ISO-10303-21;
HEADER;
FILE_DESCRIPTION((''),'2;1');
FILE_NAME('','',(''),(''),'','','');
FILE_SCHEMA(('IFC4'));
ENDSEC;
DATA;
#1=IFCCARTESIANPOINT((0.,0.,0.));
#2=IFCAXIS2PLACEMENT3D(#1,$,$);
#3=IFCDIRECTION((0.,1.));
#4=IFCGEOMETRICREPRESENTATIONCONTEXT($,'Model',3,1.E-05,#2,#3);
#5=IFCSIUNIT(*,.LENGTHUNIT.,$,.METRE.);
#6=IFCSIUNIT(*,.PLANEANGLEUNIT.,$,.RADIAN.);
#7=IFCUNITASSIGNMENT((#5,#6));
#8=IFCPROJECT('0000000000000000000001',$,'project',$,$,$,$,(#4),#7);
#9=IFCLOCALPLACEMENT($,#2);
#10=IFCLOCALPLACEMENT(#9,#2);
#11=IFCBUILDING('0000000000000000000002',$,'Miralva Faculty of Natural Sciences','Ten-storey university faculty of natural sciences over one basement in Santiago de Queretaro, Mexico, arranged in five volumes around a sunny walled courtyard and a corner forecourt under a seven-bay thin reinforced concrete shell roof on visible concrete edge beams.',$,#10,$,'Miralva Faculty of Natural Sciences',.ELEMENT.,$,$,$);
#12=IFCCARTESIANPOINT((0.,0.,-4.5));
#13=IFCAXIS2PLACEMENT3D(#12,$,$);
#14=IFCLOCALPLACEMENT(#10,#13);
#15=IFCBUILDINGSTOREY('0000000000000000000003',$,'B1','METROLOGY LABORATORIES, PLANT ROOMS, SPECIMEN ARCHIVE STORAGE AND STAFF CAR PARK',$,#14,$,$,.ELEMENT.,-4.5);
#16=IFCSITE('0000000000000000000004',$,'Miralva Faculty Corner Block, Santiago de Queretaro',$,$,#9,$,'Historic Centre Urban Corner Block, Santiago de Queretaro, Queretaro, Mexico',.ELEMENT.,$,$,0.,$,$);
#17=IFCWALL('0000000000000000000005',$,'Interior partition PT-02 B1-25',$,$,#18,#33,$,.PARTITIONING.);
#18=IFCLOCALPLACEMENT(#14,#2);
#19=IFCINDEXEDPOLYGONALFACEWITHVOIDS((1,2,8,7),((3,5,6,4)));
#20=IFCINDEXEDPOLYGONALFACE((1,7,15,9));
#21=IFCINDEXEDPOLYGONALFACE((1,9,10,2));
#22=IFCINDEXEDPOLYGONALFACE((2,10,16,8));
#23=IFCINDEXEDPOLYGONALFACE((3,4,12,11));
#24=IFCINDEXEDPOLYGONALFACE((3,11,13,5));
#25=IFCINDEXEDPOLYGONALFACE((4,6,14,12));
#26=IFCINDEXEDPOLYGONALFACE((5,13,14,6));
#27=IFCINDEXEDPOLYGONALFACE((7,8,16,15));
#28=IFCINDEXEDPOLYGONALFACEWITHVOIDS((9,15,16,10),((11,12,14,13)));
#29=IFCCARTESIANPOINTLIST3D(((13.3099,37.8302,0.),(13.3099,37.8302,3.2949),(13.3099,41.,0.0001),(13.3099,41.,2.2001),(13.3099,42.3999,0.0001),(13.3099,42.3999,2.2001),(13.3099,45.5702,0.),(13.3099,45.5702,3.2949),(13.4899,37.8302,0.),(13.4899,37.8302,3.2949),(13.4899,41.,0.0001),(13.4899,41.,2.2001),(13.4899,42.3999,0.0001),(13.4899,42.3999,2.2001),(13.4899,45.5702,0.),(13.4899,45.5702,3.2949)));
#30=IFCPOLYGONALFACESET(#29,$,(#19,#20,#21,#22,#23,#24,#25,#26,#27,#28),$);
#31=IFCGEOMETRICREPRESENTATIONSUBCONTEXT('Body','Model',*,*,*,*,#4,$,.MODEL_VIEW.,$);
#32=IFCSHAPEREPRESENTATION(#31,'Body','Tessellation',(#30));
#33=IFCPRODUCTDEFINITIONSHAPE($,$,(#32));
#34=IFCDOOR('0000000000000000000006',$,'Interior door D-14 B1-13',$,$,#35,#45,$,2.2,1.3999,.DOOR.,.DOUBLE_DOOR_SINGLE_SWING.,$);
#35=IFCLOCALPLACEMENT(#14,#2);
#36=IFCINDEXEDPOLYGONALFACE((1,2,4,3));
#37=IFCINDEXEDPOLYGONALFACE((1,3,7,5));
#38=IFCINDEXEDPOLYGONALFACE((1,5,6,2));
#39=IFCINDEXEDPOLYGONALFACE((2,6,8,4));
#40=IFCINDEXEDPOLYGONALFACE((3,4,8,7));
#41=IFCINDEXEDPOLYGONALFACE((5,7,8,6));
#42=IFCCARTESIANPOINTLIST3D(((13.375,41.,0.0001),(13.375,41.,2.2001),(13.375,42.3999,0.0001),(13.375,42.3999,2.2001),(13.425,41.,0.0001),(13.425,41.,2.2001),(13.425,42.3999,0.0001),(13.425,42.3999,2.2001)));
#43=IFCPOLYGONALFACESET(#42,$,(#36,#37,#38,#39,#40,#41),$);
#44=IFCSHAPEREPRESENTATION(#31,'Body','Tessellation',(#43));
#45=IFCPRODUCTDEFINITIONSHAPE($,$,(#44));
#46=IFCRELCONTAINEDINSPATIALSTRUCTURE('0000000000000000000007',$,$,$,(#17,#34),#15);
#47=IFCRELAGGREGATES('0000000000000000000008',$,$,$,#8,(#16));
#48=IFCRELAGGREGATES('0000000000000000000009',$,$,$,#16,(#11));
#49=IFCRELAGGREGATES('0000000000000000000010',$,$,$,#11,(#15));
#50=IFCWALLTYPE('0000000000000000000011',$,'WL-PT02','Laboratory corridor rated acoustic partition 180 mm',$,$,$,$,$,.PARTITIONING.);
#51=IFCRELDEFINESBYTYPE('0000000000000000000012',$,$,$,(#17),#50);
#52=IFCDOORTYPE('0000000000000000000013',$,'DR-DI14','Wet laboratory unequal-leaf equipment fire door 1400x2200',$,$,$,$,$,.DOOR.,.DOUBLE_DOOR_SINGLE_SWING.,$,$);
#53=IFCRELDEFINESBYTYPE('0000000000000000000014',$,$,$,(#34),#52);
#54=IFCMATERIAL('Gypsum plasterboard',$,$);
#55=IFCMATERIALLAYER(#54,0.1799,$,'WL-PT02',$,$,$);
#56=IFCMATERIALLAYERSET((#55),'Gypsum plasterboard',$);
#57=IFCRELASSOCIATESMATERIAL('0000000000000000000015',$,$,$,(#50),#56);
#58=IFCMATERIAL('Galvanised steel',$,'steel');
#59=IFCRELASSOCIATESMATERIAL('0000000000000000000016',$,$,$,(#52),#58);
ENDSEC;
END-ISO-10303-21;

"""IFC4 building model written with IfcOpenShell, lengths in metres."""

from ifc_helpers import new_model, si_unit, direction, frame, frame_2d, origin, place, context, subcontext, project, spatial, rectangle, extrude, material, layer, layer_set, type_object, element, fill, save


model = new_model("IFC4")

# Units and contexts
model_context = context("Model", 3, precision=1e-05, world=origin(), true_north=direction((0.0, 1.0)))
body_context = subcontext(model_context, "Body", "Model", "MODEL_VIEW")
ifc_project = project(units=[si_unit("LENGTHUNIT", "METRE"), si_unit("PLANEANGLEUNIT", "RADIAN")], contexts=[model_context])

# Site, building, storey
site_placement = place(None, origin())
site = spatial("IfcSite", under=ifc_project, at=site_placement, Name="Miralva Faculty Corner Block, Santiago de Queretaro", LongName="Historic Centre Urban Corner Block, Santiago de Queretaro, Queretaro, Mexico", CompositionType="ELEMENT", RefElevation=0.0)
building_placement = place(site_placement, origin())
building = spatial("IfcBuilding", under=site, at=building_placement, Name="Miralva Faculty of Natural Sciences", Description="Ten-storey university faculty of natural sciences over one basement in Santiago de Queretaro, Mexico, arranged in five volumes around a sunny walled courtyard and a corner forecourt under a seven-bay thin reinforced concrete shell roof on visible concrete edge beams.", LongName="Miralva Faculty of Natural Sciences", CompositionType="ELEMENT")
storey_placement = place(building_placement, frame((0.0, 0.0, -4.5)))
storey = spatial("IfcBuildingStorey", under=building, at=storey_placement, Name="B1", Description="METROLOGY LABORATORIES, PLANT ROOMS, SPECIMEN ARCHIVE STORAGE AND STAFF CAR PARK", CompositionType="ELEMENT", Elevation=-4.5)

# Shared definitions
ifc_material_1 = material(Name="Galvanised steel", Category="steel")

# Wall, opening, door
ifc_material_2 = material(Name="Gypsum plasterboard")
ifc_layer_1 = layer(ifc_material_2, 0.1799, Name="WL-PT02")
ifc_layer_set_1 = layer_set([ifc_layer_1], Name="Gypsum plasterboard")
wall_type_1 = type_object("IfcWallType", Name="WL-PT02", Description="Laboratory corridor rated acoustic partition 180 mm", PredefinedType="PARTITIONING", material=ifc_layer_set_1)
door_type_1 = type_object("IfcDoorType", Name="DR-DI14", Description="Wet laboratory unequal-leaf equipment fire door 1400x2200", OperationType="DOUBLE_DOOR_SINGLE_SWING", PredefinedType="DOOR", material=ifc_material_1)
wall_1_placement = place(storey_placement, frame((13.3999, 37.8301, 0.0), z_axis=(0.0, 0.0, 1.0), x_axis=(0.0, 1.0, 0.0)))
wall_1 = element("IfcWall", 1, at=wall_1_placement, inside=storey, type_object=wall_type_1, Name="Interior partition PT-02 B1-25", PredefinedType="PARTITIONING", context=body_context, shape_type="SweptSolid", body=[
    extrude(rectangle(XDim=7.74, YDim=0.1799, at=frame_2d((3.8701, 0.0))), origin(), (0.0, 0.0, 1.0), 3.2949),
])
opening_1_placement = place(wall_1_placement, frame((3.1699, 0.0, 0.0)))
opening_1 = element("IfcOpeningElement", 2, at=opening_1_placement, cuts=wall_1, PredefinedType="OPENING", context=body_context, shape_type="SweptSolid", body=[
    extrude(rectangle(XDim=1.3999, YDim=2.2, at=frame_2d((0.7, 1.1001))), frame((0.0, 0.0999, 0.0), z_axis=(0.0, -1.0, 0.0), x_axis=(1.0, 0.0, 0.0)), (0.0, 0.0, 1.0), 0.2),
])
door_1_placement = place(opening_1_placement, origin())
door_1 = element("IfcDoor", 3, at=door_1_placement, inside=storey, type_object=door_type_1, Name="Interior door D-14 B1-13", OperationType="DOUBLE_DOOR_SINGLE_SWING", OverallHeight=2.2, OverallWidth=1.3999, PredefinedType="DOOR", context=body_context, shape_type="SweptSolid", body=[
    extrude(rectangle(XDim=1.3999, YDim=2.2, at=frame_2d((0.7, 1.1001))), frame((0.0, 0.0249, 0.0), z_axis=(0.0, -1.0, 0.0), x_axis=(1.0, 0.0, 0.0)), (0.0, 0.0, 1.0), 0.05),
])
fill(opening_1, door_1)

save(model, "model.ifc")
